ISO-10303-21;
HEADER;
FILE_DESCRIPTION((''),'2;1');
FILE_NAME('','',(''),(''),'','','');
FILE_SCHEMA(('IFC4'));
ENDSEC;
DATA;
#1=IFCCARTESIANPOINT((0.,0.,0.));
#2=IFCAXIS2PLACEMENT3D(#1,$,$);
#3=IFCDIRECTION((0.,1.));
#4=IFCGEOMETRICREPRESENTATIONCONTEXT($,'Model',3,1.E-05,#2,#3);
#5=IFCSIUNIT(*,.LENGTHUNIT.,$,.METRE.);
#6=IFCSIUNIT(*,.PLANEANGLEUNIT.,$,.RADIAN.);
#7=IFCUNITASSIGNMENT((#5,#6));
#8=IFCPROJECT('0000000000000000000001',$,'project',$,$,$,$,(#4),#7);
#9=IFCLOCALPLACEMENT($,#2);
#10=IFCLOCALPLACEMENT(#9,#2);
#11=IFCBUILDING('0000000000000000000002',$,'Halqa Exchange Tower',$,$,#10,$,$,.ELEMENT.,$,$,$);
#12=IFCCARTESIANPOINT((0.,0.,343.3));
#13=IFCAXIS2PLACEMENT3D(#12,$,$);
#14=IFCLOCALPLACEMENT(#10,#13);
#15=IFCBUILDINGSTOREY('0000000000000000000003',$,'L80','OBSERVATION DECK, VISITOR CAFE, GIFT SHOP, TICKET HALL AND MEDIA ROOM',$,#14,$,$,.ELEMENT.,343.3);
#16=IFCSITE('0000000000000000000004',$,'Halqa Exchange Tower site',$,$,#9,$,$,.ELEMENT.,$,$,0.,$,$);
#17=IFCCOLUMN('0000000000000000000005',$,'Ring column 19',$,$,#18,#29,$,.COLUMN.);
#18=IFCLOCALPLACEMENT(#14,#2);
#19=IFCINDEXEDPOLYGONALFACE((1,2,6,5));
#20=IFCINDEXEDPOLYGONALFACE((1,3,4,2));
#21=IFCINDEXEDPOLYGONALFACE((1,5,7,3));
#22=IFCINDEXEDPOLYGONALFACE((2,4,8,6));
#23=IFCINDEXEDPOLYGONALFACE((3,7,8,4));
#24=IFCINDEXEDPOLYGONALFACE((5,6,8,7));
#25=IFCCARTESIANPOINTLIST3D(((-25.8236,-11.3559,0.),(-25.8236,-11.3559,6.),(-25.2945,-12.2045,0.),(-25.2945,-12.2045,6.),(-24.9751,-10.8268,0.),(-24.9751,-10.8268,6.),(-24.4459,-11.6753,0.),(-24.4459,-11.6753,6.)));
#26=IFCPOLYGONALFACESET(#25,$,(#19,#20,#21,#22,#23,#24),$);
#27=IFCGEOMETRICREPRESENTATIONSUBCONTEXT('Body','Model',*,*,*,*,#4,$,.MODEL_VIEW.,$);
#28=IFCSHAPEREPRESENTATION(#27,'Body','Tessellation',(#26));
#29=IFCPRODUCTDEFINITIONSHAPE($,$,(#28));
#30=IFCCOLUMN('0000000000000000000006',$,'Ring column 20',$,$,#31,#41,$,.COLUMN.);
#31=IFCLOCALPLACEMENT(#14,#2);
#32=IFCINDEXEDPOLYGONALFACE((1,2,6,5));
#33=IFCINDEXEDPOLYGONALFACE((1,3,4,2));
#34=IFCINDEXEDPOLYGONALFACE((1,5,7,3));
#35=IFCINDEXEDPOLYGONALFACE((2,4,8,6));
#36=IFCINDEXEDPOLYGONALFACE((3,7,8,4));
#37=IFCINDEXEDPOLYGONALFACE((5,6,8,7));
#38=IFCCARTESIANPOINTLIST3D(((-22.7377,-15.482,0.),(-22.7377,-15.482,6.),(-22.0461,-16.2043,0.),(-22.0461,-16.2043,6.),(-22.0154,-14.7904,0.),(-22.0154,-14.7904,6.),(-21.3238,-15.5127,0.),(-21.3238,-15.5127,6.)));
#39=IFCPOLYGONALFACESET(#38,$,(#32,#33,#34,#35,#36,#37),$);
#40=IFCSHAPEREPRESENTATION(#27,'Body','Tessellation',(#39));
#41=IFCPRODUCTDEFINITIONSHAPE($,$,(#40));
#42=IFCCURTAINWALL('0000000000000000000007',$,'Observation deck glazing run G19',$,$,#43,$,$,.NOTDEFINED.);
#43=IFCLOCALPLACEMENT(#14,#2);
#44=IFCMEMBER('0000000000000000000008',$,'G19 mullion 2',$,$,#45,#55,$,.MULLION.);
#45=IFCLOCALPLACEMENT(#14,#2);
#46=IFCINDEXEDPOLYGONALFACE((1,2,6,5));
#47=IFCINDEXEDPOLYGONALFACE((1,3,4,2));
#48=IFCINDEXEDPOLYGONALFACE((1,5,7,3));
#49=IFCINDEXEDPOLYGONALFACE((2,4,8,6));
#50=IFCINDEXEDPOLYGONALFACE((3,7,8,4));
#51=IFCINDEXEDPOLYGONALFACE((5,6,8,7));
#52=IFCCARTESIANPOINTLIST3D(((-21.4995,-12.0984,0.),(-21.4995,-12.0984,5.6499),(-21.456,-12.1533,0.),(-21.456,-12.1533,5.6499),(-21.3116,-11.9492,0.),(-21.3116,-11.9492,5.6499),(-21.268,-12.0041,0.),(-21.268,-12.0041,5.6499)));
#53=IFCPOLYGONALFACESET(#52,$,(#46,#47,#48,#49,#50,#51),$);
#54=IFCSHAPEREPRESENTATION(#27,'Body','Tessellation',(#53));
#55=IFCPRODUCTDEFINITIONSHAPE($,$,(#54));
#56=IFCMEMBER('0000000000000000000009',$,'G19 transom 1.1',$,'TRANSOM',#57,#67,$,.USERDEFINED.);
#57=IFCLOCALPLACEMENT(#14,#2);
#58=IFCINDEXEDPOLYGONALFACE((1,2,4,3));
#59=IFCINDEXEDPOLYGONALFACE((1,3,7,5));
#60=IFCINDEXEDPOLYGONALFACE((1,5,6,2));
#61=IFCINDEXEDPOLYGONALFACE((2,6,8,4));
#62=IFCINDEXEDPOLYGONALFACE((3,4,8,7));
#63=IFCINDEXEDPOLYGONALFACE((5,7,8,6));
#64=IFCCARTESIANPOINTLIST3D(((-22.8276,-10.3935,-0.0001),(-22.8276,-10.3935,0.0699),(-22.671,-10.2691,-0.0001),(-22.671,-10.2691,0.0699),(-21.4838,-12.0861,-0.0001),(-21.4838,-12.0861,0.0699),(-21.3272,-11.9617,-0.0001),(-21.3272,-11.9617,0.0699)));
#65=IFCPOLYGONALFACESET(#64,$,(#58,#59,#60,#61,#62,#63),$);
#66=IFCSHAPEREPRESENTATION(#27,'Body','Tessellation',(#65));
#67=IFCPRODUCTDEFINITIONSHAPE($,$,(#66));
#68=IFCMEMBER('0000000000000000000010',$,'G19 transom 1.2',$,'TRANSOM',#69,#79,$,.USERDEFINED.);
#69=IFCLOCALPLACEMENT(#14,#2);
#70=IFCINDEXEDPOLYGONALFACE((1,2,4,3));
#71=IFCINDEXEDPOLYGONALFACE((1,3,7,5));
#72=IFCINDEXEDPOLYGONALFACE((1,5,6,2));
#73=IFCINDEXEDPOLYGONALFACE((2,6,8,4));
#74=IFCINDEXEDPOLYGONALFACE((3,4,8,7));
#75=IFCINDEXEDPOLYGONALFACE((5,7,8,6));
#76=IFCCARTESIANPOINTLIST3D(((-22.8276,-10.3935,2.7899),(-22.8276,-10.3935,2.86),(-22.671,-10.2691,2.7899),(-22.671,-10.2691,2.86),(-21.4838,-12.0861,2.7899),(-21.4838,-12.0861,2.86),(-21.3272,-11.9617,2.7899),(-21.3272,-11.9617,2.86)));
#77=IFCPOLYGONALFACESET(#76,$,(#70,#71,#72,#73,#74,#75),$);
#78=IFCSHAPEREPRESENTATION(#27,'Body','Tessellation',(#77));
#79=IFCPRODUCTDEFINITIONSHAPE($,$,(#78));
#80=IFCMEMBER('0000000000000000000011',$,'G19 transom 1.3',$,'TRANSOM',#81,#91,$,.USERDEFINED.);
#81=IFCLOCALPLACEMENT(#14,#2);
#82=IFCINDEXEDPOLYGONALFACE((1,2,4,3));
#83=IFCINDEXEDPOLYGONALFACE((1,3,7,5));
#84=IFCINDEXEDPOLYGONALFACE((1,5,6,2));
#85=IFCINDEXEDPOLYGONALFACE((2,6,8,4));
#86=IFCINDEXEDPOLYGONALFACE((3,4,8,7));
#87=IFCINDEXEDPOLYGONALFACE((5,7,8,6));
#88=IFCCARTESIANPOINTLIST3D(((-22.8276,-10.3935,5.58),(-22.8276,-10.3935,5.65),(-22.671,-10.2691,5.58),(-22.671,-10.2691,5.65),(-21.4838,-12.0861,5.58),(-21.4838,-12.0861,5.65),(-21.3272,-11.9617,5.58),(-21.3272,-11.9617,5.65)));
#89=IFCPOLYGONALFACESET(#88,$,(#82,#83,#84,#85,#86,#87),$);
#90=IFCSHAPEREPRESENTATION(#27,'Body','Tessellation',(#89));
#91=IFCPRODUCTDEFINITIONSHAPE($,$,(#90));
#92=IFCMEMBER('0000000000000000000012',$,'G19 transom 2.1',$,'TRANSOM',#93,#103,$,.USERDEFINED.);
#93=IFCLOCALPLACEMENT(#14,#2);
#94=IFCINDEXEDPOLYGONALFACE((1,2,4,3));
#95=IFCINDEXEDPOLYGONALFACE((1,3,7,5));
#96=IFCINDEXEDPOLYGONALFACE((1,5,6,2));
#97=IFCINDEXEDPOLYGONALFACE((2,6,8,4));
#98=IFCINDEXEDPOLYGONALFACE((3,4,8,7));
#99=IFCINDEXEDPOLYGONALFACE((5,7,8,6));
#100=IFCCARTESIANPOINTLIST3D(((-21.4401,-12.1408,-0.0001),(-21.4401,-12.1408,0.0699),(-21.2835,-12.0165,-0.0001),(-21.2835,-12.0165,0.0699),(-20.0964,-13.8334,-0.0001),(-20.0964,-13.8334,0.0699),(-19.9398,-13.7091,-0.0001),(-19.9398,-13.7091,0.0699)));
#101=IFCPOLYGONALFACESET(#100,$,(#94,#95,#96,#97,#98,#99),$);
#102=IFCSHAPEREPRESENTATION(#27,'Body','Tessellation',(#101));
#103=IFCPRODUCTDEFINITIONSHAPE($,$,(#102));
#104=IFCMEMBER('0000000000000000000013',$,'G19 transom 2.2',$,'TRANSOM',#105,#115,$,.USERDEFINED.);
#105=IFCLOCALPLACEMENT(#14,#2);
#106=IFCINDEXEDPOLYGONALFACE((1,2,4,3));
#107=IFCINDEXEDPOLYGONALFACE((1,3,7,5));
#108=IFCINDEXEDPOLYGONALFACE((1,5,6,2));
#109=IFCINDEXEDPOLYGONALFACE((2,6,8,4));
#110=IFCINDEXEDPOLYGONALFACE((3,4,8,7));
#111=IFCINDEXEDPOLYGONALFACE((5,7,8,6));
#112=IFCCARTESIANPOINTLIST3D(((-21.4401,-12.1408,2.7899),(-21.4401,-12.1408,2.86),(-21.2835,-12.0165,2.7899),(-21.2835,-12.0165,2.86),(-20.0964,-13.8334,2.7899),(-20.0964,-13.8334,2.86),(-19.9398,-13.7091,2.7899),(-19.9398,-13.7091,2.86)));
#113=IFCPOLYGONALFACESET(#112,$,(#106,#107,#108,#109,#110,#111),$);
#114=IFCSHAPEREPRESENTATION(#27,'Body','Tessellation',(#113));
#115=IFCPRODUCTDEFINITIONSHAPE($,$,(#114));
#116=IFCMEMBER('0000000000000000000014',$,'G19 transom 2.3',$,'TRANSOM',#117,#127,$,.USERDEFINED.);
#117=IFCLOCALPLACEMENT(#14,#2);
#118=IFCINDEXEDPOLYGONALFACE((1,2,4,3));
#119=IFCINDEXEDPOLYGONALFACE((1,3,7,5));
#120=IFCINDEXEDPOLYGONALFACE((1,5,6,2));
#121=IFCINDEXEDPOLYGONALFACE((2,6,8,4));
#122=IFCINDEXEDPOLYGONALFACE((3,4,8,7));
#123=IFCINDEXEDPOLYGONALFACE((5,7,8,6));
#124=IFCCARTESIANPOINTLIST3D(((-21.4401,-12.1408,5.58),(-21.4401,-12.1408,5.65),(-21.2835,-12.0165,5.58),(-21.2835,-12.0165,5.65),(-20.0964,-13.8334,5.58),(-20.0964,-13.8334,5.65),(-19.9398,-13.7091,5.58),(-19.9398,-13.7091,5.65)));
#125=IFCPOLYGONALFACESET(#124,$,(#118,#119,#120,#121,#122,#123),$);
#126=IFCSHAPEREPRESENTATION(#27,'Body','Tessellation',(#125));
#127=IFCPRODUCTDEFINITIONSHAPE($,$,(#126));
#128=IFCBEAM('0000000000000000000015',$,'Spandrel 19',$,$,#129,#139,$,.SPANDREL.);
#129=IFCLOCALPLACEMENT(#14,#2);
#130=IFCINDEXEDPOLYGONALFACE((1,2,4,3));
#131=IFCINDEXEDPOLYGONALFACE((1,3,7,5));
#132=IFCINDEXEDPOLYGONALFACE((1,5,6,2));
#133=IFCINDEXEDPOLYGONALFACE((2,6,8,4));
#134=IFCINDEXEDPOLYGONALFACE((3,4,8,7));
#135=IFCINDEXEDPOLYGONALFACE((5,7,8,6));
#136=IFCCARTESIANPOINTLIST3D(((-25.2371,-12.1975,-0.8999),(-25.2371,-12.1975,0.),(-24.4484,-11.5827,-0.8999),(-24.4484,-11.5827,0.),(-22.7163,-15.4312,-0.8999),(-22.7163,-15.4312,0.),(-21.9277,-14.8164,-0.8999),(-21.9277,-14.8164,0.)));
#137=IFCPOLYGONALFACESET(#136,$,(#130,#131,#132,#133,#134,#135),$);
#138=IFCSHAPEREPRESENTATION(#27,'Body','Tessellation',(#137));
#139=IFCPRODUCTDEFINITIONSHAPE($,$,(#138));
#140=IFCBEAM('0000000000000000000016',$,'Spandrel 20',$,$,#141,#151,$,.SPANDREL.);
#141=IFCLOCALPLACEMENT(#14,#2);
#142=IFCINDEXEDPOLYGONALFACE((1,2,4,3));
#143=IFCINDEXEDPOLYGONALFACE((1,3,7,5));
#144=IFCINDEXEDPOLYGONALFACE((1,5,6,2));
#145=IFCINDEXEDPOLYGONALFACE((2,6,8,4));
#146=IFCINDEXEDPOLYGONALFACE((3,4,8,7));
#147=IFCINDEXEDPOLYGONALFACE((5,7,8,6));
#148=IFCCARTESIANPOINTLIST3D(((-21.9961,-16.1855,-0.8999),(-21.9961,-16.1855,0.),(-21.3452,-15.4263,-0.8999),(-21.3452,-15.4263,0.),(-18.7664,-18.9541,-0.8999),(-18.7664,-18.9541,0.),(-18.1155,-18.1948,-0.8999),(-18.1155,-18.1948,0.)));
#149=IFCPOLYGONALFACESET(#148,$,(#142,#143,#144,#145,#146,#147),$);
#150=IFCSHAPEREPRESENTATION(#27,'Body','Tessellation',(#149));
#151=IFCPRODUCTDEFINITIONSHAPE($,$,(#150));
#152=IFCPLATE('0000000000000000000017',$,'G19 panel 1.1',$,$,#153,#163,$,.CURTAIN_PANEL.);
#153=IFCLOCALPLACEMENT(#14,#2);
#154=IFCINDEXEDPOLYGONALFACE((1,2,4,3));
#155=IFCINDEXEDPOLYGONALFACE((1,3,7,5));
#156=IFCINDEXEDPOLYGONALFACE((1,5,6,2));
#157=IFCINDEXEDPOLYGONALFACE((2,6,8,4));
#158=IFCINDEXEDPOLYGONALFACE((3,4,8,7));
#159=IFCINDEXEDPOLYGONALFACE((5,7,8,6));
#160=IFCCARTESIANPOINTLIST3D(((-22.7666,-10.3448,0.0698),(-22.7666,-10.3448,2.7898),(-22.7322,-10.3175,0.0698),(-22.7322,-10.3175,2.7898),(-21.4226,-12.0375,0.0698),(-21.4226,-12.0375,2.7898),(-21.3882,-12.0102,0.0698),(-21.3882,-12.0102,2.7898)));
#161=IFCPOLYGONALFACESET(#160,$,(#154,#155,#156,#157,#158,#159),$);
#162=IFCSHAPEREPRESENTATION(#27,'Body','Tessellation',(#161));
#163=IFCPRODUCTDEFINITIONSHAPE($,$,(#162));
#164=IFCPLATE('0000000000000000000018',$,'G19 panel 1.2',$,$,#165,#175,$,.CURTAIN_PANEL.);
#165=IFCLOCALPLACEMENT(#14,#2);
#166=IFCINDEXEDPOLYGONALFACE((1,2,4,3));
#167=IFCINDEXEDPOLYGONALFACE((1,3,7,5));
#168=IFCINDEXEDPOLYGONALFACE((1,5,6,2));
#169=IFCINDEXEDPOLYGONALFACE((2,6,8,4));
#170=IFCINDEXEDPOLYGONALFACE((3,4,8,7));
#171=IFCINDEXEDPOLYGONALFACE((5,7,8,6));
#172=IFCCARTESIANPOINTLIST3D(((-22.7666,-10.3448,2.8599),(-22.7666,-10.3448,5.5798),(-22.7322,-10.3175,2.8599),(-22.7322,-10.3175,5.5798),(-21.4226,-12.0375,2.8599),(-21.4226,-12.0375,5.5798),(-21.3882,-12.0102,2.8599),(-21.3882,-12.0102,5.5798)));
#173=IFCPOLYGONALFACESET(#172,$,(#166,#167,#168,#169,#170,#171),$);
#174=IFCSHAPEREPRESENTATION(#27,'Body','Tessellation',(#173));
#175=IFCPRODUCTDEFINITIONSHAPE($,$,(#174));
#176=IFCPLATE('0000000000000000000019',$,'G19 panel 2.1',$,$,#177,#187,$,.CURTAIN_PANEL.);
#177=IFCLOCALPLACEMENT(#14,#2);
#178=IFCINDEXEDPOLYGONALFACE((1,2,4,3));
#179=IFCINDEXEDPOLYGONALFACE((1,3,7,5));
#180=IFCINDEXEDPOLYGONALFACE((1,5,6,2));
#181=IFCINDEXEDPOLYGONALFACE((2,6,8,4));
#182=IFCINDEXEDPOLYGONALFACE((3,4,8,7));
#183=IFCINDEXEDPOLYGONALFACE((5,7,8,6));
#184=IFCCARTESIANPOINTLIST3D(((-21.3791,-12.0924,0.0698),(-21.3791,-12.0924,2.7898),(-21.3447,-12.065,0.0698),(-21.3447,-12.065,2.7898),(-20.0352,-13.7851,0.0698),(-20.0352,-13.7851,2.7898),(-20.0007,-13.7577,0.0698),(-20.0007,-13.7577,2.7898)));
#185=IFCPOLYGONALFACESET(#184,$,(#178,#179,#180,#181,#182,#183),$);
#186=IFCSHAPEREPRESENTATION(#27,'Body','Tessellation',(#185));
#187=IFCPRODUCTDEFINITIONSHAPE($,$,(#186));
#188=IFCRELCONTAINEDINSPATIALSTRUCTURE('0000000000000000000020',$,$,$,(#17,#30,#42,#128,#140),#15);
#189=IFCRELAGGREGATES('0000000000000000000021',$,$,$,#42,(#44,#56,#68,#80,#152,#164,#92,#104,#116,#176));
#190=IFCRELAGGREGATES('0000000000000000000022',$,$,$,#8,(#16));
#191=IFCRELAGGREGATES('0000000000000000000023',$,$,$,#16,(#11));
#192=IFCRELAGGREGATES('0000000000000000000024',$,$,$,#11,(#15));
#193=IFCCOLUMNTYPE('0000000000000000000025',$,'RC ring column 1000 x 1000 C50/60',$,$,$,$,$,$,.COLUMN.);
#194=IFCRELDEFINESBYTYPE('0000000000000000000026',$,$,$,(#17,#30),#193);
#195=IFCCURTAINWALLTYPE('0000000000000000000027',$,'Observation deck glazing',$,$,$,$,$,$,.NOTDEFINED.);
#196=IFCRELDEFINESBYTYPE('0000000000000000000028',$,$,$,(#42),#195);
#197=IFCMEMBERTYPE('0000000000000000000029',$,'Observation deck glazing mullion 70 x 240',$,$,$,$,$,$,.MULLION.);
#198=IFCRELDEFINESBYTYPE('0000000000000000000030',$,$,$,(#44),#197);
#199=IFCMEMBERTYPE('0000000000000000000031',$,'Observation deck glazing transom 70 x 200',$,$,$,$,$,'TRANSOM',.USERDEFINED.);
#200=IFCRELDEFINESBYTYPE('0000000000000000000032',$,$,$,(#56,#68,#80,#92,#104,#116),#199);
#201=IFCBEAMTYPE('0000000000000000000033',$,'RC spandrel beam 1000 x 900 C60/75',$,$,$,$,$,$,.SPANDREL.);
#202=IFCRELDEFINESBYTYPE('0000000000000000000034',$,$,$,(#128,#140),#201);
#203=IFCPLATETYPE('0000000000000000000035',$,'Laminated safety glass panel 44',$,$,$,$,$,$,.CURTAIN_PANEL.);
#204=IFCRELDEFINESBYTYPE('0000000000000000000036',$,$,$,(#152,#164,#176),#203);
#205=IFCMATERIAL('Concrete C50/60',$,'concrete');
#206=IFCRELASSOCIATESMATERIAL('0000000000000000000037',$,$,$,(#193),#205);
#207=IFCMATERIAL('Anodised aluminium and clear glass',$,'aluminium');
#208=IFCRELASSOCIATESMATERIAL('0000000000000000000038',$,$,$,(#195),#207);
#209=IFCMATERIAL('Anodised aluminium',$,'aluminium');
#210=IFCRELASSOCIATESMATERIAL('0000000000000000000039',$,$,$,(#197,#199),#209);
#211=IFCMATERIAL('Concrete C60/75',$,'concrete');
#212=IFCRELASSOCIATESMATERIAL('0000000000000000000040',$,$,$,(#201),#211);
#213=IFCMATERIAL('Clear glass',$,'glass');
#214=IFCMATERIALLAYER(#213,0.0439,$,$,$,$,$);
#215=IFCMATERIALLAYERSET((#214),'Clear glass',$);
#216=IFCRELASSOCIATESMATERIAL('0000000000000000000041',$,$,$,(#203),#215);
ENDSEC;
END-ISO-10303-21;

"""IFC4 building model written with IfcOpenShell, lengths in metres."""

from ifc_helpers import new_model, si_unit, direction, frame, origin, origin_2d, place, context, subcontext, project, spatial, rectangle, extrude, material, layer, layer_set, material_profile, profile_set, type_object, element, aggregate, save


model = new_model("IFC4")

# Units and contexts
model_context = context("Model", 3, precision=1e-05, world=origin(), true_north=direction((0.0, 1.0)))
body_context = subcontext(model_context, "Body", "Model", "MODEL_VIEW")
ifc_project = project(units=[si_unit("LENGTHUNIT", "METRE"), si_unit("PLANEANGLEUNIT", "RADIAN")], contexts=[model_context])

# Site, building, storey
site_placement = place(None, origin())
site = spatial("IfcSite", under=ifc_project, at=site_placement, Name="Halqa Exchange Tower site", CompositionType="ELEMENT", RefElevation=0.0)
building_placement = place(site_placement, origin())
building = spatial("IfcBuilding", under=site, at=building_placement, Name="Halqa Exchange Tower", CompositionType="ELEMENT")
storey_placement = place(building_placement, frame((0.0, 0.0, 343.3)))
storey = spatial("IfcBuildingStorey", under=building, at=storey_placement, Name="L80", Description="OBSERVATION DECK, VISITOR CAFE, GIFT SHOP, TICKET HALL AND MEDIA ROOM", CompositionType="ELEMENT", Elevation=343.3)

# Columns
ifc_material_1 = material(Name="Concrete C50/60", Category="concrete")
ifc_material_profile_1 = material_profile(ifc_material_1, rectangle(XDim=1.0, YDim=1.0, at=origin_2d()), Name="1000 x 1000")
ifc_profile_set_1 = profile_set([ifc_material_profile_1], Name="Concrete C50/60")
column_type = type_object("IfcColumnType", Name="RC ring column 1000 x 1000 C50/60", PredefinedType="COLUMN", material=ifc_profile_set_1)
for number, where, z_axis, x_axis, name in (
    (1, (-25.1348, -11.5156, 0.0), (0.0, 0.0, 1.0), (0.52914, -0.848534, 0.0), "Ring column 19"),
    (2, (-22.0308, -15.4973, 0.0), (0.0, 0.0, 1.0), (0.691579, -0.722301, 0.0), "Ring column 20"),
):
    element("IfcColumn", number, at=place(storey_placement, frame(where, z_axis=z_axis, x_axis=x_axis)), inside=storey, type_object=column_type, Name=name, PredefinedType="COLUMN", context=body_context, shape_type="SweptSolid", body=[
        extrude(rectangle(XDim=1.0, YDim=1.0, at=origin_2d()), origin(), (0.0, 0.0, 1.0), 6.0),
    ])

# Curtain wall, members
ifc_material_2 = material(Name="Anodised aluminium and clear glass", Category="aluminium")
curtain_wall_type = type_object("IfcCurtainWallType", Name="Observation deck glazing", PredefinedType="NOTDEFINED", material=ifc_material_2)
curtain_wall_placement = place(storey_placement, origin())
curtain_wall = element("IfcCurtainWall", 3, at=curtain_wall_placement, inside=storey, type_object=curtain_wall_type, Name="Observation deck glazing run G19", PredefinedType="NOTDEFINED")
ifc_material_3 = material(Name="Anodised aluminium", Category="aluminium")
ifc_material_profile_2 = material_profile(ifc_material_3, rectangle(XDim=0.24, YDim=0.0701, at=origin_2d()), Name="AL 70x240")
ifc_profile_set_2 = profile_set([ifc_material_profile_2], Name="Anodised aluminium")
member_type_1 = type_object("IfcMemberType", Name="Observation deck glazing mullion 70 x 240", PredefinedType="MULLION", material=ifc_profile_set_2)
member_1_placement = place(storey_placement, frame((-21.3838, -12.0513, 0.0), z_axis=(0.0, 0.0, 1.0), x_axis=(0.783162, 0.621817, 0.0)))
member_1 = element("IfcMember", 4, at=member_1_placement, type_object=member_type_1, Name="G19 mullion 2", PredefinedType="MULLION", context=body_context, shape_type="SweptSolid", body=[
    extrude(rectangle(XDim=0.24, YDim=0.0701, at=origin_2d()), origin(), (0.0, 0.0, 1.0), 5.6499),
])
ifc_material_profile_3 = material_profile(ifc_material_3, rectangle(XDim=0.2, YDim=0.0701, at=origin_2d()), Name="AL 70x200")
ifc_profile_set_3 = profile_set([ifc_material_profile_3], Name="Anodised aluminium")
member_type_2 = type_object("IfcMemberType", Name="Observation deck glazing transom 70 x 200", ElementType="TRANSOM", PredefinedType="USERDEFINED", material=ifc_profile_set_3)
member_2_placement = place(storey_placement, frame((-22.7493, -10.3313, 0.0349), z_axis=(0.62177, -0.7832, 0.0), x_axis=(0.7832, 0.62177, 0.0)))
member_2 = element("IfcMember", 5, at=member_2_placement, type_object=member_type_2, Name="G19 transom 1.1", ObjectType="TRANSOM", PredefinedType="USERDEFINED", context=body_context, shape_type="SweptSolid", body=[
    extrude(rectangle(XDim=0.2, YDim=0.0701, at=origin_2d()), origin(), (0.0, 0.0, 1.0), 2.1611),
])
member_3_placement = place(storey_placement, frame((-22.7493, -10.3313, 2.825), z_axis=(0.62177, -0.7832, 0.0), x_axis=(0.7832, 0.62177, 0.0)))
member_3 = element("IfcMember", 6, at=member_3_placement, type_object=member_type_2, Name="G19 transom 1.2", ObjectType="TRANSOM", PredefinedType="USERDEFINED", context=body_context, shape_type="SweptSolid", body=[
    extrude(rectangle(XDim=0.2, YDim=0.0701, at=origin_2d()), origin(), (0.0, 0.0, 1.0), 2.1611),
])
member_4_placement = place(storey_placement, frame((-22.7493, -10.3313, 5.615), z_axis=(0.62177, -0.7832, 0.0), x_axis=(0.7832, 0.62177, 0.0)))
member_4 = element("IfcMember", 7, at=member_4_placement, type_object=member_type_2, Name="G19 transom 1.3", ObjectType="TRANSOM", PredefinedType="USERDEFINED", context=body_context, shape_type="SweptSolid", body=[
    extrude(rectangle(XDim=0.2, YDim=0.0701, at=origin_2d()), origin(), (0.0, 0.0, 1.0), 2.1611),
])
member_5_placement = place(storey_placement, frame((-21.3618, -12.0786, 0.0349), z_axis=(0.62177, -0.7832, 0.0), x_axis=(0.7832, 0.62177, 0.0)))
member_5 = element("IfcMember", 8, at=member_5_placement, type_object=member_type_2, Name="G19 transom 2.1", ObjectType="TRANSOM", PredefinedType="USERDEFINED", context=body_context, shape_type="SweptSolid", body=[
    extrude(rectangle(XDim=0.2, YDim=0.0701, at=origin_2d()), origin(), (0.0, 0.0, 1.0), 2.1611),
])
member_6_placement = place(storey_placement, frame((-21.3618, -12.0786, 2.825), z_axis=(0.62177, -0.7832, 0.0), x_axis=(0.7832, 0.62177, 0.0)))
member_6 = element("IfcMember", 9, at=member_6_placement, type_object=member_type_2, Name="G19 transom 2.2", ObjectType="TRANSOM", PredefinedType="USERDEFINED", context=body_context, shape_type="SweptSolid", body=[
    extrude(rectangle(XDim=0.2, YDim=0.0701, at=origin_2d()), origin(), (0.0, 0.0, 1.0), 2.1611),
])
member_7_placement = place(storey_placement, frame((-21.3618, -12.0786, 5.615), z_axis=(0.62177, -0.7832, 0.0), x_axis=(0.7832, 0.62177, 0.0)))
member_7 = element("IfcMember", 10, at=member_7_placement, type_object=member_type_2, Name="G19 transom 2.3", ObjectType="TRANSOM", PredefinedType="USERDEFINED", context=body_context, shape_type="SweptSolid", body=[
    extrude(rectangle(XDim=0.2, YDim=0.0701, at=origin_2d()), origin(), (0.0, 0.0, 1.0), 2.1611),
])

# Beams
ifc_material_4 = material(Name="Concrete C60/75", Category="concrete")
ifc_material_profile_4 = material_profile(ifc_material_4, rectangle(XDim=1.0, YDim=0.8999, at=origin_2d()), Name="1000 x 900")
ifc_profile_set_4 = profile_set([ifc_material_profile_4], Name="Concrete C60/75")
beam_type = type_object("IfcBeamType", Name="RC spandrel beam 1000 x 900 C60/75", PredefinedType="SPANDREL", material=ifc_profile_set_4)
beam_1_placement = place(storey_placement, frame((-24.8428, -11.8901, -0.45), z_axis=(0.614806, -0.788678, 0.0), x_axis=(0.788678, 0.614806, 0.0)))
element("IfcBeam", 11, at=beam_1_placement, inside=storey, type_object=beam_type, Name="Spandrel 19", PredefinedType="SPANDREL", context=body_context, shape_type="SweptSolid", body=[
    extrude(rectangle(XDim=1.0, YDim=0.8999, at=origin_2d()), origin(), (0.0, 0.0, 1.0), 4.1001),
])
beam_2_placement = place(storey_placement, frame((-21.6707, -15.8059, -0.45), z_axis=(0.759232, -0.65082, 0.0), x_axis=(0.65082, 0.759232, 0.0)))
element("IfcBeam", 12, at=beam_2_placement, inside=storey, type_object=beam_type, Name="Spandrel 20", PredefinedType="SPANDREL", context=body_context, shape_type="SweptSolid", body=[
    extrude(rectangle(XDim=1.0, YDim=0.8999, at=origin_2d()), origin(), (0.0, 0.0, 1.0), 4.2539),
])

# Plates
ifc_material_5 = material(Name="Clear glass", Category="glass")
ifc_layer = layer(ifc_material_5, 0.0439)
ifc_layer_set = layer_set([ifc_layer], Name="Clear glass")
plate_type = type_object("IfcPlateType", Name="Laminated safety glass panel 44", PredefinedType="CURTAIN_PANEL", material=ifc_layer_set)
plate_1_placement = place(storey_placement, frame((-22.0774, -11.1775, 0.0698), z_axis=(0.0, 0.0, 1.0), x_axis=(0.621817, -0.783162, 0.0)))
plate_1 = element("IfcPlate", 13, at=plate_1_placement, type_object=plate_type, Name="G19 panel 1.1", PredefinedType="CURTAIN_PANEL", context=body_context, shape_type="SweptSolid", body=[
    extrude(rectangle(XDim=2.1614, YDim=0.0439, at=origin_2d()), origin(), (0.0, 0.0, 1.0), 2.72),
])
plate_2_placement = place(storey_placement, frame((-22.0774, -11.1775, 2.8599), z_axis=(0.0, 0.0, 1.0), x_axis=(0.621817, -0.783162, 0.0)))
plate_2 = element("IfcPlate", 14, at=plate_2_placement, type_object=plate_type, Name="G19 panel 1.2", PredefinedType="CURTAIN_PANEL", context=body_context, shape_type="SweptSolid", body=[
    extrude(rectangle(XDim=2.1614, YDim=0.0439, at=origin_2d()), origin(), (0.0, 0.0, 1.0), 2.72),
])
plate_3_placement = place(storey_placement, frame((-20.6899, -12.925, 0.0698), z_axis=(0.0, 0.0, 1.0), x_axis=(0.621817, -0.783162, 0.0)))
plate_3 = element("IfcPlate", 15, at=plate_3_placement, type_object=plate_type, Name="G19 panel 2.1", PredefinedType="CURTAIN_PANEL", context=body_context, shape_type="SweptSolid", body=[
    extrude(rectangle(XDim=2.1614, YDim=0.0439, at=origin_2d()), origin(), (0.0, 0.0, 1.0), 2.72),
])
aggregate(curtain_wall, [member_1, member_2, member_3, member_4, plate_1, plate_2, member_5, member_6, member_7, plate_3])

save(model, "model.ifc")
